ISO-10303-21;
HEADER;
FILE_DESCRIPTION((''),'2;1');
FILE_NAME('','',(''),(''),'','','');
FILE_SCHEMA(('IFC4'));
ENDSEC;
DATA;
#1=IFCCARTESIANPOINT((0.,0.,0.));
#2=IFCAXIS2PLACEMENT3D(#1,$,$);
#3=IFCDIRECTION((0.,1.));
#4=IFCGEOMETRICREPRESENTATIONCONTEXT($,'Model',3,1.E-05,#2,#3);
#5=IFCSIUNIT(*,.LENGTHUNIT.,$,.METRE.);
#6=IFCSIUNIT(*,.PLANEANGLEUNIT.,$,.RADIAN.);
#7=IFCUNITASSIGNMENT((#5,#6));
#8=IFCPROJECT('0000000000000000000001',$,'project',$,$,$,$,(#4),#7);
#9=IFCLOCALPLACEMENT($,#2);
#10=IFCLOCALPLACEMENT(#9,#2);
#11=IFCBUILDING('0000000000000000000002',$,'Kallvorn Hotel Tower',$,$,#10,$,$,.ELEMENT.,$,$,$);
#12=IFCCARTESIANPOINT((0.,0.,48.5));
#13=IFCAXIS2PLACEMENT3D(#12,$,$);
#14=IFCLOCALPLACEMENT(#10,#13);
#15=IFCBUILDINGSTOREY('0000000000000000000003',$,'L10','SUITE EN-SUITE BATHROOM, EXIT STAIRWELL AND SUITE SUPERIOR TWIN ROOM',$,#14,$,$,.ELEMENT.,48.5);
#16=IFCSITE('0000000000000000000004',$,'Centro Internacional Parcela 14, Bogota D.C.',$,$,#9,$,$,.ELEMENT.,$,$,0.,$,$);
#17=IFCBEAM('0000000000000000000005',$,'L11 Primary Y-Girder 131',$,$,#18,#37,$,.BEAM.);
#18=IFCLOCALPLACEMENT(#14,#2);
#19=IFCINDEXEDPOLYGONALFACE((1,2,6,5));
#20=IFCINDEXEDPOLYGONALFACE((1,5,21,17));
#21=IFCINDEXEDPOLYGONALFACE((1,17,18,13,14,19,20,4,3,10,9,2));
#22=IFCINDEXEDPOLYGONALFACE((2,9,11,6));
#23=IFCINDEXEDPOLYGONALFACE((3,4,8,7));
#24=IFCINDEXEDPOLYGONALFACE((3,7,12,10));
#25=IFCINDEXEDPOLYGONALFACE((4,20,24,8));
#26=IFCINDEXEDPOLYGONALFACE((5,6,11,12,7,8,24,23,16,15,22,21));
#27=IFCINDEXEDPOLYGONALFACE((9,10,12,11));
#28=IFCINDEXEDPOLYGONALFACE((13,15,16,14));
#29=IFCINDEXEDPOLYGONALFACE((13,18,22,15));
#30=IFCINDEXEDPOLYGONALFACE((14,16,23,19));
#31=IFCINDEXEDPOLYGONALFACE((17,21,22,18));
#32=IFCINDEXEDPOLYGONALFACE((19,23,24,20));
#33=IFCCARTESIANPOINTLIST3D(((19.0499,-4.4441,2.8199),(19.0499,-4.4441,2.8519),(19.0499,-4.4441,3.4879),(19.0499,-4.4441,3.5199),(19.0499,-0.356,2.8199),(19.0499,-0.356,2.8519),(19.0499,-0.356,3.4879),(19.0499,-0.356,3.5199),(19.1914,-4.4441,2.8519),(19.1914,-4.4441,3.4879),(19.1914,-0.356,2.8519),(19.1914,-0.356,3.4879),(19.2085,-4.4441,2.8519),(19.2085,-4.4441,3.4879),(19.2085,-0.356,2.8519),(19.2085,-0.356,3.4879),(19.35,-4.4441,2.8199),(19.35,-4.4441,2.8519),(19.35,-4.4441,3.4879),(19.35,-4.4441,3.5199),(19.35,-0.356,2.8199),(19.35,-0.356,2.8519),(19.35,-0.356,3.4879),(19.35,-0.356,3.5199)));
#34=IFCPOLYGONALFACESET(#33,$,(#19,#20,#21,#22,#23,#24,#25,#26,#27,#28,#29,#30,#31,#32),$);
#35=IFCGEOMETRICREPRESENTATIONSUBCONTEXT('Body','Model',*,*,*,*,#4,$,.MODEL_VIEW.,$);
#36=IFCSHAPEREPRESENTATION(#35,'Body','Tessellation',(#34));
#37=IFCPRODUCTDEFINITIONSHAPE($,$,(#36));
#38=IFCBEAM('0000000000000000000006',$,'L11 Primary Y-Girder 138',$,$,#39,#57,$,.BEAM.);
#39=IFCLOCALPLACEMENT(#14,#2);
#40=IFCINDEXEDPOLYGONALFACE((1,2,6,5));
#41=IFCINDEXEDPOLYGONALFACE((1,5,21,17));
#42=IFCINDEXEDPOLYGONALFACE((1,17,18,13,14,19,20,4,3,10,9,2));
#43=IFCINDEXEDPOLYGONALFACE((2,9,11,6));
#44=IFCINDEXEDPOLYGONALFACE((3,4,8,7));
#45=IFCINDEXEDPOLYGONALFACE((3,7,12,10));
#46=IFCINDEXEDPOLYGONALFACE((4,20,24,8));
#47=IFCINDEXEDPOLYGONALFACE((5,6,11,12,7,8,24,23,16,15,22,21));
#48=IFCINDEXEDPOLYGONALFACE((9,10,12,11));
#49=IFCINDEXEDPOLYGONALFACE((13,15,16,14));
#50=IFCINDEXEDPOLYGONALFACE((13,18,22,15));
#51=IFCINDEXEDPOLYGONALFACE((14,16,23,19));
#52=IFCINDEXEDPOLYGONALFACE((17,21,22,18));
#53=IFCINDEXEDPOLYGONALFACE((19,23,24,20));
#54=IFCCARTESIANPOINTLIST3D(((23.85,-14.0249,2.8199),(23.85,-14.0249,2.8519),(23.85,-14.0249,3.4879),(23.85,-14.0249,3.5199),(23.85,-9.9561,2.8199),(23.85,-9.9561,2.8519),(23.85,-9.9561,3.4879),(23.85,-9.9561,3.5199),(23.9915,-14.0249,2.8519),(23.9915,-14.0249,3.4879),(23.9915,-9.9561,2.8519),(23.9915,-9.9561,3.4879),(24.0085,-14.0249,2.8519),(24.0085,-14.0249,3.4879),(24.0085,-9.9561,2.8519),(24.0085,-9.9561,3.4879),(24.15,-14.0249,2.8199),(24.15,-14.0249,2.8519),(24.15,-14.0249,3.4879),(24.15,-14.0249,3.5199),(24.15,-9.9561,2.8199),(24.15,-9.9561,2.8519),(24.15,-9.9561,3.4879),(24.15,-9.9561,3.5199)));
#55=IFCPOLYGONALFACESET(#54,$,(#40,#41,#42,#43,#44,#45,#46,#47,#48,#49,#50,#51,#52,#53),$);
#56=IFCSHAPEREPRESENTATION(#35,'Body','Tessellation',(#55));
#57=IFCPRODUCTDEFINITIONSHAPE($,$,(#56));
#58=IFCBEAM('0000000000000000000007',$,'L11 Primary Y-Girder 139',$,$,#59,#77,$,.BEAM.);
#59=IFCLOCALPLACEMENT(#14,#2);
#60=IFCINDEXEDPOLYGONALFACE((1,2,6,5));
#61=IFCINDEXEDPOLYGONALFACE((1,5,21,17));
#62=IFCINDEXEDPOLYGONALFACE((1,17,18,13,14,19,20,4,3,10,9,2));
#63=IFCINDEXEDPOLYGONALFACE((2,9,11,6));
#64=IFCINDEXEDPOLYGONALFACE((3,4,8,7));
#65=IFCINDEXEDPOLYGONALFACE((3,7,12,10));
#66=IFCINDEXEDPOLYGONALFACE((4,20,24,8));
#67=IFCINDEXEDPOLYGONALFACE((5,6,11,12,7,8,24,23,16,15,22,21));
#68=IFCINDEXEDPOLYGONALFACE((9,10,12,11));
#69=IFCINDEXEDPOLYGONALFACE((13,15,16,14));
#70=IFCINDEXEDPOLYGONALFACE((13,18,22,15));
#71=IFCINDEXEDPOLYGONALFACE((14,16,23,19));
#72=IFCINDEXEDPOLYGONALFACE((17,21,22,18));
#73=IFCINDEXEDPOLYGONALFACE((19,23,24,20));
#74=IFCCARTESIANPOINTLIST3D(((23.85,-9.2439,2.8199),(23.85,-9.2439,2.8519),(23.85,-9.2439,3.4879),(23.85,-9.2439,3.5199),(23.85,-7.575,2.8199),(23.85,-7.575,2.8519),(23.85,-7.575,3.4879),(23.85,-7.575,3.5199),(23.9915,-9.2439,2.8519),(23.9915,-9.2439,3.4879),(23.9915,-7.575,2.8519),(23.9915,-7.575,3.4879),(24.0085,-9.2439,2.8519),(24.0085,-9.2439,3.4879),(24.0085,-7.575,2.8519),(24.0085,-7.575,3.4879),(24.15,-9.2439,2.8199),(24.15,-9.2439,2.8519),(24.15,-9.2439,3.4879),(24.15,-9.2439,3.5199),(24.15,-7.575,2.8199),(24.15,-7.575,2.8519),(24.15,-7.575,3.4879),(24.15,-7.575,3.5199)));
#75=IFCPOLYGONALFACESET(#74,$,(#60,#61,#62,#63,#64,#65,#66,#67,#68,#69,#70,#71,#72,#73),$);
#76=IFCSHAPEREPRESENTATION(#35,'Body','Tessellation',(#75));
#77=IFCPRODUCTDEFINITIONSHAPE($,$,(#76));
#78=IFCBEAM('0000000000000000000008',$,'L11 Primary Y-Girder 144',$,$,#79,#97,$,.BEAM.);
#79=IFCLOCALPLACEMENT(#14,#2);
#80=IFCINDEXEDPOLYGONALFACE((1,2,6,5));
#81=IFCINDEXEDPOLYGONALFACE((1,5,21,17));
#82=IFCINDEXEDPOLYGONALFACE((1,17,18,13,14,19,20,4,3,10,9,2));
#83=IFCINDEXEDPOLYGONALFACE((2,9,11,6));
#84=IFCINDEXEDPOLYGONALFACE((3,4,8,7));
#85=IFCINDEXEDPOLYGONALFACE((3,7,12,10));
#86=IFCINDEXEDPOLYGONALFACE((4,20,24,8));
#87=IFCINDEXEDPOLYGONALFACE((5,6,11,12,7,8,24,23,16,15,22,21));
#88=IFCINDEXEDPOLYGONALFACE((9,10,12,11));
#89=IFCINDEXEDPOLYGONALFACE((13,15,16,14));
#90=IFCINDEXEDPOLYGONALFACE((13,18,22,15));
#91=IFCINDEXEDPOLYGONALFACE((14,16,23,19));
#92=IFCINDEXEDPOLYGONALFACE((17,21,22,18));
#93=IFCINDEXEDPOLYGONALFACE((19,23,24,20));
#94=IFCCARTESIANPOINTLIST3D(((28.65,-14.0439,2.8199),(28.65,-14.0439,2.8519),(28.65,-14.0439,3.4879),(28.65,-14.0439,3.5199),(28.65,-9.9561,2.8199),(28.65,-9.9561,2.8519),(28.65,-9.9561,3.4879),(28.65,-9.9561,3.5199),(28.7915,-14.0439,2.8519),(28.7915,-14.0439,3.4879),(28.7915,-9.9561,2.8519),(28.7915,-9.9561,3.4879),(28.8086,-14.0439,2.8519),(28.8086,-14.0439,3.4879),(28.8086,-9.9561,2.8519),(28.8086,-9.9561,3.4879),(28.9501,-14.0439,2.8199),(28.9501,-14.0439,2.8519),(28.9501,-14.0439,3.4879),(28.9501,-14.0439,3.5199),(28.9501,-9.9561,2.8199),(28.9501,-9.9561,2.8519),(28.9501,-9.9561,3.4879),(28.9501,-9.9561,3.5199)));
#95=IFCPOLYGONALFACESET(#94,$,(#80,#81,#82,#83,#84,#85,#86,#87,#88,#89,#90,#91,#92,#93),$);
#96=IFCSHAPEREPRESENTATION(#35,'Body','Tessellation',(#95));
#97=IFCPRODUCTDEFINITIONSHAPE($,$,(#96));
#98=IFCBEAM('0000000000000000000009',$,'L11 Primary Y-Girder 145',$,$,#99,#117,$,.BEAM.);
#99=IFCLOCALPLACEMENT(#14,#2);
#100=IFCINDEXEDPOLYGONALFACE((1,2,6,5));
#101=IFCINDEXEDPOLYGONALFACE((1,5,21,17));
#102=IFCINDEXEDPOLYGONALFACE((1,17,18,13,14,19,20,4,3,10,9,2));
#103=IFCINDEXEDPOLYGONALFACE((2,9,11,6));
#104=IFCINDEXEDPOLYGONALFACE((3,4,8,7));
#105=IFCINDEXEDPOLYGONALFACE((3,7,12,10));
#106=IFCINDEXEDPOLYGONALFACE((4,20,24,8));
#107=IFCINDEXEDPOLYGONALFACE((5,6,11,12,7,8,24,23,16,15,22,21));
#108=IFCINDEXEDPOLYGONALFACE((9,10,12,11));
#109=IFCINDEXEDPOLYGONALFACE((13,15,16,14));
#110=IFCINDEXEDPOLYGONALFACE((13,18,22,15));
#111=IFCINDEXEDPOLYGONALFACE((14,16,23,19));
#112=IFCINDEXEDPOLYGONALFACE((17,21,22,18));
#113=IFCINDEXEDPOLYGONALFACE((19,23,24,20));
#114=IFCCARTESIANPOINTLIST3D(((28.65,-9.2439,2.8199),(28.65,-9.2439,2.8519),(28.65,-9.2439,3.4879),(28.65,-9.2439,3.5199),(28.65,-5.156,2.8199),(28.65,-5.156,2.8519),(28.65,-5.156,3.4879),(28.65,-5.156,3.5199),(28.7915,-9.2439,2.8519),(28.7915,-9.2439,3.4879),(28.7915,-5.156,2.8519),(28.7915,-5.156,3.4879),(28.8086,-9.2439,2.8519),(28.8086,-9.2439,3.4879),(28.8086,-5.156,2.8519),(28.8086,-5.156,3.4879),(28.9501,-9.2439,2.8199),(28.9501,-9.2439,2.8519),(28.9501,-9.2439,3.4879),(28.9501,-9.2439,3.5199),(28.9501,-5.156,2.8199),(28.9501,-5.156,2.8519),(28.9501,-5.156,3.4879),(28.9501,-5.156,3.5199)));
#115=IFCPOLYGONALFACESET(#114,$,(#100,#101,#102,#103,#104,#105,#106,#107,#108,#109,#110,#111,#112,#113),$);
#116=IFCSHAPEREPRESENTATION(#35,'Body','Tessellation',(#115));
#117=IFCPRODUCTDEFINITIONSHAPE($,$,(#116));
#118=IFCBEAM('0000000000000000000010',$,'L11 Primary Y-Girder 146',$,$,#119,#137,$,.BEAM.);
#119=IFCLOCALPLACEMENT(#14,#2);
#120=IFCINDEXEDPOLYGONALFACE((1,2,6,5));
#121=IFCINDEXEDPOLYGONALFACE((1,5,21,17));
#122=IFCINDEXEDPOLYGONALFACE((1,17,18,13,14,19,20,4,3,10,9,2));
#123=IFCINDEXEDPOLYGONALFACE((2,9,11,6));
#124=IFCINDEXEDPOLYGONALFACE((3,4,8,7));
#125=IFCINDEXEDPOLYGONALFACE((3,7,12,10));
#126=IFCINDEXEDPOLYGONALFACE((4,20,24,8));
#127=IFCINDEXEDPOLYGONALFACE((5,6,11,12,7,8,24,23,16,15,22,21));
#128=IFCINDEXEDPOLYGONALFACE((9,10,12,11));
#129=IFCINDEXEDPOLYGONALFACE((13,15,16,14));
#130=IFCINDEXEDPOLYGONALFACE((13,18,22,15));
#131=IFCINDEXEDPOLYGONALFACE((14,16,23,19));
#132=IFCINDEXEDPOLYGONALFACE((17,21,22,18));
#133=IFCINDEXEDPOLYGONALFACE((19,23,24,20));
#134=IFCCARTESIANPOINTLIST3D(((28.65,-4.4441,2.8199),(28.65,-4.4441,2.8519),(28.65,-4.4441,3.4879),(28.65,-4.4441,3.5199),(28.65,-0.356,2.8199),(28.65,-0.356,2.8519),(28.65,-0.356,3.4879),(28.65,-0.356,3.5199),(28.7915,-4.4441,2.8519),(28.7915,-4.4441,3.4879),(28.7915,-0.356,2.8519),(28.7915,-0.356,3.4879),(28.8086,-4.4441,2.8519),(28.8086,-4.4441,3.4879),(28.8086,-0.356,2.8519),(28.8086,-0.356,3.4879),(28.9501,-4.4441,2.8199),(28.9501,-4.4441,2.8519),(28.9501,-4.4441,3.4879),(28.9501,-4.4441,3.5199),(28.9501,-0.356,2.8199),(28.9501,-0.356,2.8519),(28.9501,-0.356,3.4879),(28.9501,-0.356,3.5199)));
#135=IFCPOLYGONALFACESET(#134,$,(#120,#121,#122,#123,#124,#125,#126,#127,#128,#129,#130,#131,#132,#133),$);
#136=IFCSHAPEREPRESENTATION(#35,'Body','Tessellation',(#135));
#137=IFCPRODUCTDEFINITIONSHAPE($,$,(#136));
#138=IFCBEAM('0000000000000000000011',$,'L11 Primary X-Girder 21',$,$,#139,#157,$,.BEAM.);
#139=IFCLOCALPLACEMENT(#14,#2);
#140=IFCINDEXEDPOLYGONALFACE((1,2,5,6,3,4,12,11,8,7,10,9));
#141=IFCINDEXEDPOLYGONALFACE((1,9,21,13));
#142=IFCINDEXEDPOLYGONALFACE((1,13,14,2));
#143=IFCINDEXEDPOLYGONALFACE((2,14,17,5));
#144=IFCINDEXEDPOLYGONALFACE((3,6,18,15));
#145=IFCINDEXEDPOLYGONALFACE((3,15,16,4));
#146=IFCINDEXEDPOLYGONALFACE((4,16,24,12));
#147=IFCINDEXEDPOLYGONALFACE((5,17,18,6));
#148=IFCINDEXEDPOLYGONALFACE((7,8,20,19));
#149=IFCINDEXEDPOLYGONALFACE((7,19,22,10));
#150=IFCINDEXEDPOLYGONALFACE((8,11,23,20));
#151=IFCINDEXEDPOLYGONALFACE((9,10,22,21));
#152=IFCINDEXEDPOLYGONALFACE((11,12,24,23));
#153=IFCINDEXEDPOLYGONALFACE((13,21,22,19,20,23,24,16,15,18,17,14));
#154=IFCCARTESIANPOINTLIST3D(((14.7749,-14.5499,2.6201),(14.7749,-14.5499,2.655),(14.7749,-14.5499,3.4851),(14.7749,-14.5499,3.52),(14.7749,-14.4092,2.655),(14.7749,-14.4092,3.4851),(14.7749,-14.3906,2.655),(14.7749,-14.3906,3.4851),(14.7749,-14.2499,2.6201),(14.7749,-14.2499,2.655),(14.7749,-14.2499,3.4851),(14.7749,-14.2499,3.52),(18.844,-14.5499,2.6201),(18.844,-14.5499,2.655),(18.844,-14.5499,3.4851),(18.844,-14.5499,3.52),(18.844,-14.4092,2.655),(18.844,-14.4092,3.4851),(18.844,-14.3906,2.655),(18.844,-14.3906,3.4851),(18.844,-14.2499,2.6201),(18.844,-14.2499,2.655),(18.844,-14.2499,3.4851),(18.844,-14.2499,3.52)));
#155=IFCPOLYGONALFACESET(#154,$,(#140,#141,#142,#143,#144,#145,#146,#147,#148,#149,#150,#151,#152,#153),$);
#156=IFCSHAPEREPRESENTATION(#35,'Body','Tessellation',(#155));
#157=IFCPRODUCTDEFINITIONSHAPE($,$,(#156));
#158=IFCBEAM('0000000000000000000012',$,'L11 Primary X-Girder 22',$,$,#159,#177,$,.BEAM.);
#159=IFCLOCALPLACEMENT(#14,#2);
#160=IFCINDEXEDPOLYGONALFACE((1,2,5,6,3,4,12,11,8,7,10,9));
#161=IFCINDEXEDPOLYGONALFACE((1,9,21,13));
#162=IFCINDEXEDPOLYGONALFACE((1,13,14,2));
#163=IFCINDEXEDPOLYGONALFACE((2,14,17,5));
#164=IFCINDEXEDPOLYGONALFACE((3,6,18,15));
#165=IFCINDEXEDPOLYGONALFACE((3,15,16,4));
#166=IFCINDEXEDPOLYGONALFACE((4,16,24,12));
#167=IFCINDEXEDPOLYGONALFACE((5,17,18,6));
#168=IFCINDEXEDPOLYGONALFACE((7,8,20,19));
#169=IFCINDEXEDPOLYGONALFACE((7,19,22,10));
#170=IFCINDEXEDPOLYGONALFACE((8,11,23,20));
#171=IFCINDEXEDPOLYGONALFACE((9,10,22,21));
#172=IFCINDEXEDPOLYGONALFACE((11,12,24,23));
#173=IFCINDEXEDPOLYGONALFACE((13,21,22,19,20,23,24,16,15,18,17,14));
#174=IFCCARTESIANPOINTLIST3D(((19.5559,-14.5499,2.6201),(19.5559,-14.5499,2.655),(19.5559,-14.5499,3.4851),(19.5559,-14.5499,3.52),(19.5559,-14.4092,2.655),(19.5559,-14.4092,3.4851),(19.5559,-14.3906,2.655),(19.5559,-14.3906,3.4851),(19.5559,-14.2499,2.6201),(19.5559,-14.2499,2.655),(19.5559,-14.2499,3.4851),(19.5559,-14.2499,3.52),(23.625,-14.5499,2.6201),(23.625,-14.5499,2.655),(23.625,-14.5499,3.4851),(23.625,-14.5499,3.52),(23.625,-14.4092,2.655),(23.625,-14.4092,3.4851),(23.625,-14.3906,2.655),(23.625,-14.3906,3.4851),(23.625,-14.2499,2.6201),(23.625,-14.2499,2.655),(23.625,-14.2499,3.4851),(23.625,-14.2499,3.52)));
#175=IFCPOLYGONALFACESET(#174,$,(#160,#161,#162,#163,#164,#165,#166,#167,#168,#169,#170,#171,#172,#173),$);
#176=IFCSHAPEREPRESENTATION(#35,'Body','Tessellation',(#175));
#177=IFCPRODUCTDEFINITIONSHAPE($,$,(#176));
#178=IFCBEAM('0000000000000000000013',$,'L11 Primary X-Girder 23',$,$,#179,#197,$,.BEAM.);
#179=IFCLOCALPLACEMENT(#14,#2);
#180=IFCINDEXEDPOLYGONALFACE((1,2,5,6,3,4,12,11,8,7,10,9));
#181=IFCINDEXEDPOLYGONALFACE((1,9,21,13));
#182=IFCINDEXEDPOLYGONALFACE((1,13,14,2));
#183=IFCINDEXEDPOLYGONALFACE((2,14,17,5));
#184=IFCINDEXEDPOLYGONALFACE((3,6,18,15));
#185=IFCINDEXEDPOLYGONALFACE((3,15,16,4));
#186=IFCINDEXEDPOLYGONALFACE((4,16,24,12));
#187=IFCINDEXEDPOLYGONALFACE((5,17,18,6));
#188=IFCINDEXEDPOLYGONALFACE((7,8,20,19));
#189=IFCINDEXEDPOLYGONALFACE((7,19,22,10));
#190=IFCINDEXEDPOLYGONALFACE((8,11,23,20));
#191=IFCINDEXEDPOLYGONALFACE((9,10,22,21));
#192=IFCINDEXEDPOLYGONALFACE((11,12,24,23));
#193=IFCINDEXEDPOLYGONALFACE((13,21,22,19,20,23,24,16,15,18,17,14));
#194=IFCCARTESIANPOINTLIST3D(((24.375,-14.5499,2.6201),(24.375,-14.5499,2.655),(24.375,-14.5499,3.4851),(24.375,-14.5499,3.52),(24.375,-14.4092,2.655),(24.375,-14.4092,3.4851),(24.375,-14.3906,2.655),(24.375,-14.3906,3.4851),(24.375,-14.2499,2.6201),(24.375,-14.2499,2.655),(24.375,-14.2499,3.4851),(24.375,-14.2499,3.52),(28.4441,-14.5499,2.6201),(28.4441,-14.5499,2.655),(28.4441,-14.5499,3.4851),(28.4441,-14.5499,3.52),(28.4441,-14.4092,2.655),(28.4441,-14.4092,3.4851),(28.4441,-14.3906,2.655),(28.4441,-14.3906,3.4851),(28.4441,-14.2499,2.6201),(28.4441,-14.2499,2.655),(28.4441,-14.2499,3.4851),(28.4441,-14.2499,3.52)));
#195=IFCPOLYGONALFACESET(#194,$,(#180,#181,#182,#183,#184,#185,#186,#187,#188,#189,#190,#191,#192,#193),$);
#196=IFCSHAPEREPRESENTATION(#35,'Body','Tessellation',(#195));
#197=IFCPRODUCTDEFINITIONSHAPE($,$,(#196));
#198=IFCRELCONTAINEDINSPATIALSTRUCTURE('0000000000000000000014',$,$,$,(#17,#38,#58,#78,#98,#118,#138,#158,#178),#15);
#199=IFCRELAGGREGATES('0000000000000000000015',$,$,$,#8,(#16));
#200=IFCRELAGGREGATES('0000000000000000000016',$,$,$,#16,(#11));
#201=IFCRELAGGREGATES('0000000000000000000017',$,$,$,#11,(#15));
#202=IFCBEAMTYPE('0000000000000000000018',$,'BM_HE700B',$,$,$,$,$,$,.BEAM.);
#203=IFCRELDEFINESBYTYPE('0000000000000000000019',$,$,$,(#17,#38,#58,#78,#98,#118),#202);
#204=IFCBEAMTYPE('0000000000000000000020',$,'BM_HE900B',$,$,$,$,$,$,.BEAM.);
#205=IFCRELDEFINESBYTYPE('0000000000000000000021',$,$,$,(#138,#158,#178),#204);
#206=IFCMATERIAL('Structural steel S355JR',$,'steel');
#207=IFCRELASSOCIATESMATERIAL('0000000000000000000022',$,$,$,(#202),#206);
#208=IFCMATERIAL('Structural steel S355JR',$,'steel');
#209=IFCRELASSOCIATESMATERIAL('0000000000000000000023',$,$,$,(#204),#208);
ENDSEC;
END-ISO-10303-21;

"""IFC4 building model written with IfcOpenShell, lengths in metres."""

from ifc_helpers import new_model, si_unit, direction, frame, origin, origin_2d, place, context, subcontext, project, spatial, i_section, extrude, material, material_profile, profile_set, type_object, element, save


model = new_model("IFC4")

# Units and contexts
model_context = context("Model", 3, precision=1e-05, world=origin(), true_north=direction((0.0, 1.0)))
body_context = subcontext(model_context, "Body", "Model", "MODEL_VIEW")
ifc_project = project(units=[si_unit("LENGTHUNIT", "METRE"), si_unit("PLANEANGLEUNIT", "RADIAN")], contexts=[model_context])

# Site, building, storey
site_placement = place(None, origin())
site = spatial("IfcSite", under=ifc_project, at=site_placement, Name="Centro Internacional Parcela 14, Bogota D.C.", CompositionType="ELEMENT", RefElevation=0.0)
building_placement = place(site_placement, origin())
building = spatial("IfcBuilding", under=site, at=building_placement, Name="Kallvorn Hotel Tower", CompositionType="ELEMENT")
storey_placement = place(building_placement, frame((0.0, 0.0, 48.5)))
storey = spatial("IfcBuildingStorey", under=building, at=storey_placement, Name="L10", Description="SUITE EN-SUITE BATHROOM, EXIT STAIRWELL AND SUITE SUPERIOR TWIN ROOM", CompositionType="ELEMENT", Elevation=48.5)

# Beams
ifc_material_1 = material(Name="Structural steel S355JR", Category="steel")
ifc_material_profile_1 = material_profile(ifc_material_1, i_section(OverallWidth=0.3, OverallDepth=0.7, WebThickness=0.0171, FlangeThickness=0.032, at=origin_2d()), Name="HE 700 B")
ifc_profile_set_1 = profile_set([ifc_material_profile_1], Name="Structural steel S355JR")
beam_type_1 = type_object("IfcBeamType", Name="BM_HE700B", PredefinedType="BEAM", material=ifc_profile_set_1)
beam_1_placement = place(storey_placement, frame((19.2, -4.4441, 3.1699), z_axis=(0.0, 1.0, 0.0), x_axis=(-1.0, 0.0, 0.0)))
element("IfcBeam", 1, at=beam_1_placement, inside=storey, type_object=beam_type_1, Name="L11 Primary Y-Girder 131", PredefinedType="BEAM", context=body_context, shape_type="SweptSolid", body=[
    extrude(i_section(OverallWidth=0.3, OverallDepth=0.7, WebThickness=0.0171, FlangeThickness=0.032, at=origin_2d()), origin(), (0.0, 0.0, 1.0), 4.0881),
])
beam_2_placement = place(storey_placement, frame((24.0, -14.0249, 3.1699), z_axis=(0.0, 1.0, 0.0), x_axis=(-1.0, 0.0, 0.0)))
element("IfcBeam", 2, at=beam_2_placement, inside=storey, type_object=beam_type_1, Name="L11 Primary Y-Girder 138", PredefinedType="BEAM", context=body_context, shape_type="SweptSolid", body=[
    extrude(i_section(OverallWidth=0.3, OverallDepth=0.7, WebThickness=0.0171, FlangeThickness=0.032, at=origin_2d()), origin(), (0.0, 0.0, 1.0), 4.0688),
])
beam_3_placement = place(storey_placement, frame((24.0, -9.2439, 3.1699), z_axis=(0.0, 1.0, 0.0), x_axis=(-1.0, 0.0, 0.0)))
element("IfcBeam", 3, at=beam_3_placement, inside=storey, type_object=beam_type_1, Name="L11 Primary Y-Girder 139", PredefinedType="BEAM", context=body_context, shape_type="SweptSolid", body=[
    extrude(i_section(OverallWidth=0.3, OverallDepth=0.7, WebThickness=0.0171, FlangeThickness=0.032, at=origin_2d()), origin(), (0.0, 0.0, 1.0), 1.6689),
])
for number, where, z_axis, x_axis, name in (
    (4, (28.8, -14.0439, 3.1699), (0.0, 1.0, 0.0), (-1.0, 0.0, 0.0), "L11 Primary Y-Girder 144"),
    (5, (28.8, -9.2439, 3.1699), (0.0, 1.0, 0.0), (-1.0, 0.0, 0.0), "L11 Primary Y-Girder 145"),
):
    element("IfcBeam", number, at=place(storey_placement, frame(where, z_axis=z_axis, x_axis=x_axis)), inside=storey, type_object=beam_type_1, Name=name, PredefinedType="BEAM", context=body_context, shape_type="SweptSolid", body=[
        extrude(i_section(OverallWidth=0.3, OverallDepth=0.7, WebThickness=0.0171, FlangeThickness=0.032, at=origin_2d()), origin(), (0.0, 0.0, 1.0), 4.0879),
    ])
beam_4_placement = place(storey_placement, frame((28.8, -4.4441, 3.1699), z_axis=(0.0, 1.0, 0.0), x_axis=(-1.0, 0.0, 0.0)))
element("IfcBeam", 6, at=beam_4_placement, inside=storey, type_object=beam_type_1, Name="L11 Primary Y-Girder 146", PredefinedType="BEAM", context=body_context, shape_type="SweptSolid", body=[
    extrude(i_section(OverallWidth=0.3, OverallDepth=0.7, WebThickness=0.0171, FlangeThickness=0.032, at=origin_2d()), origin(), (0.0, 0.0, 1.0), 4.0881),
])
ifc_material_2 = material(Name="Structural steel S355JR", Category="steel")
ifc_material_profile_2 = material_profile(ifc_material_2, i_section(OverallWidth=0.3, OverallDepth=0.8999, WebThickness=0.0186, FlangeThickness=0.0349, at=origin_2d()), Name="HE 900 B")
ifc_profile_set_2 = profile_set([ifc_material_profile_2], Name="Structural steel S355JR")
beam_type_2 = type_object("IfcBeamType", Name="BM_HE900B", PredefinedType="BEAM", material=ifc_profile_set_2)
for number, where, z_axis, x_axis, name in (
    (7, (14.7749, -14.3999, 3.0701), (1.0, 0.0, 0.0), (0.0, 1.0, 0.0), "L11 Primary X-Girder 21"),
    (8, (19.5559, -14.3999, 3.0701), (1.0, 0.0, 0.0), (0.0, 1.0, 0.0), "L11 Primary X-Girder 22"),
    (9, (24.375, -14.3999, 3.0701), (1.0, 0.0, 0.0), (0.0, 1.0, 0.0), "L11 Primary X-Girder 23"),
):
    element("IfcBeam", number, at=place(storey_placement, frame(where, z_axis=z_axis, x_axis=x_axis)), inside=storey, type_object=beam_type_2, Name=name, PredefinedType="BEAM", context=body_context, shape_type="SweptSolid", body=[
        extrude(i_section(OverallWidth=0.3, OverallDepth=0.8999, WebThickness=0.0186, FlangeThickness=0.0349, at=origin_2d()), origin(), (0.0, 0.0, 1.0), 4.0691),
    ])

save(model, "model.ifc")
